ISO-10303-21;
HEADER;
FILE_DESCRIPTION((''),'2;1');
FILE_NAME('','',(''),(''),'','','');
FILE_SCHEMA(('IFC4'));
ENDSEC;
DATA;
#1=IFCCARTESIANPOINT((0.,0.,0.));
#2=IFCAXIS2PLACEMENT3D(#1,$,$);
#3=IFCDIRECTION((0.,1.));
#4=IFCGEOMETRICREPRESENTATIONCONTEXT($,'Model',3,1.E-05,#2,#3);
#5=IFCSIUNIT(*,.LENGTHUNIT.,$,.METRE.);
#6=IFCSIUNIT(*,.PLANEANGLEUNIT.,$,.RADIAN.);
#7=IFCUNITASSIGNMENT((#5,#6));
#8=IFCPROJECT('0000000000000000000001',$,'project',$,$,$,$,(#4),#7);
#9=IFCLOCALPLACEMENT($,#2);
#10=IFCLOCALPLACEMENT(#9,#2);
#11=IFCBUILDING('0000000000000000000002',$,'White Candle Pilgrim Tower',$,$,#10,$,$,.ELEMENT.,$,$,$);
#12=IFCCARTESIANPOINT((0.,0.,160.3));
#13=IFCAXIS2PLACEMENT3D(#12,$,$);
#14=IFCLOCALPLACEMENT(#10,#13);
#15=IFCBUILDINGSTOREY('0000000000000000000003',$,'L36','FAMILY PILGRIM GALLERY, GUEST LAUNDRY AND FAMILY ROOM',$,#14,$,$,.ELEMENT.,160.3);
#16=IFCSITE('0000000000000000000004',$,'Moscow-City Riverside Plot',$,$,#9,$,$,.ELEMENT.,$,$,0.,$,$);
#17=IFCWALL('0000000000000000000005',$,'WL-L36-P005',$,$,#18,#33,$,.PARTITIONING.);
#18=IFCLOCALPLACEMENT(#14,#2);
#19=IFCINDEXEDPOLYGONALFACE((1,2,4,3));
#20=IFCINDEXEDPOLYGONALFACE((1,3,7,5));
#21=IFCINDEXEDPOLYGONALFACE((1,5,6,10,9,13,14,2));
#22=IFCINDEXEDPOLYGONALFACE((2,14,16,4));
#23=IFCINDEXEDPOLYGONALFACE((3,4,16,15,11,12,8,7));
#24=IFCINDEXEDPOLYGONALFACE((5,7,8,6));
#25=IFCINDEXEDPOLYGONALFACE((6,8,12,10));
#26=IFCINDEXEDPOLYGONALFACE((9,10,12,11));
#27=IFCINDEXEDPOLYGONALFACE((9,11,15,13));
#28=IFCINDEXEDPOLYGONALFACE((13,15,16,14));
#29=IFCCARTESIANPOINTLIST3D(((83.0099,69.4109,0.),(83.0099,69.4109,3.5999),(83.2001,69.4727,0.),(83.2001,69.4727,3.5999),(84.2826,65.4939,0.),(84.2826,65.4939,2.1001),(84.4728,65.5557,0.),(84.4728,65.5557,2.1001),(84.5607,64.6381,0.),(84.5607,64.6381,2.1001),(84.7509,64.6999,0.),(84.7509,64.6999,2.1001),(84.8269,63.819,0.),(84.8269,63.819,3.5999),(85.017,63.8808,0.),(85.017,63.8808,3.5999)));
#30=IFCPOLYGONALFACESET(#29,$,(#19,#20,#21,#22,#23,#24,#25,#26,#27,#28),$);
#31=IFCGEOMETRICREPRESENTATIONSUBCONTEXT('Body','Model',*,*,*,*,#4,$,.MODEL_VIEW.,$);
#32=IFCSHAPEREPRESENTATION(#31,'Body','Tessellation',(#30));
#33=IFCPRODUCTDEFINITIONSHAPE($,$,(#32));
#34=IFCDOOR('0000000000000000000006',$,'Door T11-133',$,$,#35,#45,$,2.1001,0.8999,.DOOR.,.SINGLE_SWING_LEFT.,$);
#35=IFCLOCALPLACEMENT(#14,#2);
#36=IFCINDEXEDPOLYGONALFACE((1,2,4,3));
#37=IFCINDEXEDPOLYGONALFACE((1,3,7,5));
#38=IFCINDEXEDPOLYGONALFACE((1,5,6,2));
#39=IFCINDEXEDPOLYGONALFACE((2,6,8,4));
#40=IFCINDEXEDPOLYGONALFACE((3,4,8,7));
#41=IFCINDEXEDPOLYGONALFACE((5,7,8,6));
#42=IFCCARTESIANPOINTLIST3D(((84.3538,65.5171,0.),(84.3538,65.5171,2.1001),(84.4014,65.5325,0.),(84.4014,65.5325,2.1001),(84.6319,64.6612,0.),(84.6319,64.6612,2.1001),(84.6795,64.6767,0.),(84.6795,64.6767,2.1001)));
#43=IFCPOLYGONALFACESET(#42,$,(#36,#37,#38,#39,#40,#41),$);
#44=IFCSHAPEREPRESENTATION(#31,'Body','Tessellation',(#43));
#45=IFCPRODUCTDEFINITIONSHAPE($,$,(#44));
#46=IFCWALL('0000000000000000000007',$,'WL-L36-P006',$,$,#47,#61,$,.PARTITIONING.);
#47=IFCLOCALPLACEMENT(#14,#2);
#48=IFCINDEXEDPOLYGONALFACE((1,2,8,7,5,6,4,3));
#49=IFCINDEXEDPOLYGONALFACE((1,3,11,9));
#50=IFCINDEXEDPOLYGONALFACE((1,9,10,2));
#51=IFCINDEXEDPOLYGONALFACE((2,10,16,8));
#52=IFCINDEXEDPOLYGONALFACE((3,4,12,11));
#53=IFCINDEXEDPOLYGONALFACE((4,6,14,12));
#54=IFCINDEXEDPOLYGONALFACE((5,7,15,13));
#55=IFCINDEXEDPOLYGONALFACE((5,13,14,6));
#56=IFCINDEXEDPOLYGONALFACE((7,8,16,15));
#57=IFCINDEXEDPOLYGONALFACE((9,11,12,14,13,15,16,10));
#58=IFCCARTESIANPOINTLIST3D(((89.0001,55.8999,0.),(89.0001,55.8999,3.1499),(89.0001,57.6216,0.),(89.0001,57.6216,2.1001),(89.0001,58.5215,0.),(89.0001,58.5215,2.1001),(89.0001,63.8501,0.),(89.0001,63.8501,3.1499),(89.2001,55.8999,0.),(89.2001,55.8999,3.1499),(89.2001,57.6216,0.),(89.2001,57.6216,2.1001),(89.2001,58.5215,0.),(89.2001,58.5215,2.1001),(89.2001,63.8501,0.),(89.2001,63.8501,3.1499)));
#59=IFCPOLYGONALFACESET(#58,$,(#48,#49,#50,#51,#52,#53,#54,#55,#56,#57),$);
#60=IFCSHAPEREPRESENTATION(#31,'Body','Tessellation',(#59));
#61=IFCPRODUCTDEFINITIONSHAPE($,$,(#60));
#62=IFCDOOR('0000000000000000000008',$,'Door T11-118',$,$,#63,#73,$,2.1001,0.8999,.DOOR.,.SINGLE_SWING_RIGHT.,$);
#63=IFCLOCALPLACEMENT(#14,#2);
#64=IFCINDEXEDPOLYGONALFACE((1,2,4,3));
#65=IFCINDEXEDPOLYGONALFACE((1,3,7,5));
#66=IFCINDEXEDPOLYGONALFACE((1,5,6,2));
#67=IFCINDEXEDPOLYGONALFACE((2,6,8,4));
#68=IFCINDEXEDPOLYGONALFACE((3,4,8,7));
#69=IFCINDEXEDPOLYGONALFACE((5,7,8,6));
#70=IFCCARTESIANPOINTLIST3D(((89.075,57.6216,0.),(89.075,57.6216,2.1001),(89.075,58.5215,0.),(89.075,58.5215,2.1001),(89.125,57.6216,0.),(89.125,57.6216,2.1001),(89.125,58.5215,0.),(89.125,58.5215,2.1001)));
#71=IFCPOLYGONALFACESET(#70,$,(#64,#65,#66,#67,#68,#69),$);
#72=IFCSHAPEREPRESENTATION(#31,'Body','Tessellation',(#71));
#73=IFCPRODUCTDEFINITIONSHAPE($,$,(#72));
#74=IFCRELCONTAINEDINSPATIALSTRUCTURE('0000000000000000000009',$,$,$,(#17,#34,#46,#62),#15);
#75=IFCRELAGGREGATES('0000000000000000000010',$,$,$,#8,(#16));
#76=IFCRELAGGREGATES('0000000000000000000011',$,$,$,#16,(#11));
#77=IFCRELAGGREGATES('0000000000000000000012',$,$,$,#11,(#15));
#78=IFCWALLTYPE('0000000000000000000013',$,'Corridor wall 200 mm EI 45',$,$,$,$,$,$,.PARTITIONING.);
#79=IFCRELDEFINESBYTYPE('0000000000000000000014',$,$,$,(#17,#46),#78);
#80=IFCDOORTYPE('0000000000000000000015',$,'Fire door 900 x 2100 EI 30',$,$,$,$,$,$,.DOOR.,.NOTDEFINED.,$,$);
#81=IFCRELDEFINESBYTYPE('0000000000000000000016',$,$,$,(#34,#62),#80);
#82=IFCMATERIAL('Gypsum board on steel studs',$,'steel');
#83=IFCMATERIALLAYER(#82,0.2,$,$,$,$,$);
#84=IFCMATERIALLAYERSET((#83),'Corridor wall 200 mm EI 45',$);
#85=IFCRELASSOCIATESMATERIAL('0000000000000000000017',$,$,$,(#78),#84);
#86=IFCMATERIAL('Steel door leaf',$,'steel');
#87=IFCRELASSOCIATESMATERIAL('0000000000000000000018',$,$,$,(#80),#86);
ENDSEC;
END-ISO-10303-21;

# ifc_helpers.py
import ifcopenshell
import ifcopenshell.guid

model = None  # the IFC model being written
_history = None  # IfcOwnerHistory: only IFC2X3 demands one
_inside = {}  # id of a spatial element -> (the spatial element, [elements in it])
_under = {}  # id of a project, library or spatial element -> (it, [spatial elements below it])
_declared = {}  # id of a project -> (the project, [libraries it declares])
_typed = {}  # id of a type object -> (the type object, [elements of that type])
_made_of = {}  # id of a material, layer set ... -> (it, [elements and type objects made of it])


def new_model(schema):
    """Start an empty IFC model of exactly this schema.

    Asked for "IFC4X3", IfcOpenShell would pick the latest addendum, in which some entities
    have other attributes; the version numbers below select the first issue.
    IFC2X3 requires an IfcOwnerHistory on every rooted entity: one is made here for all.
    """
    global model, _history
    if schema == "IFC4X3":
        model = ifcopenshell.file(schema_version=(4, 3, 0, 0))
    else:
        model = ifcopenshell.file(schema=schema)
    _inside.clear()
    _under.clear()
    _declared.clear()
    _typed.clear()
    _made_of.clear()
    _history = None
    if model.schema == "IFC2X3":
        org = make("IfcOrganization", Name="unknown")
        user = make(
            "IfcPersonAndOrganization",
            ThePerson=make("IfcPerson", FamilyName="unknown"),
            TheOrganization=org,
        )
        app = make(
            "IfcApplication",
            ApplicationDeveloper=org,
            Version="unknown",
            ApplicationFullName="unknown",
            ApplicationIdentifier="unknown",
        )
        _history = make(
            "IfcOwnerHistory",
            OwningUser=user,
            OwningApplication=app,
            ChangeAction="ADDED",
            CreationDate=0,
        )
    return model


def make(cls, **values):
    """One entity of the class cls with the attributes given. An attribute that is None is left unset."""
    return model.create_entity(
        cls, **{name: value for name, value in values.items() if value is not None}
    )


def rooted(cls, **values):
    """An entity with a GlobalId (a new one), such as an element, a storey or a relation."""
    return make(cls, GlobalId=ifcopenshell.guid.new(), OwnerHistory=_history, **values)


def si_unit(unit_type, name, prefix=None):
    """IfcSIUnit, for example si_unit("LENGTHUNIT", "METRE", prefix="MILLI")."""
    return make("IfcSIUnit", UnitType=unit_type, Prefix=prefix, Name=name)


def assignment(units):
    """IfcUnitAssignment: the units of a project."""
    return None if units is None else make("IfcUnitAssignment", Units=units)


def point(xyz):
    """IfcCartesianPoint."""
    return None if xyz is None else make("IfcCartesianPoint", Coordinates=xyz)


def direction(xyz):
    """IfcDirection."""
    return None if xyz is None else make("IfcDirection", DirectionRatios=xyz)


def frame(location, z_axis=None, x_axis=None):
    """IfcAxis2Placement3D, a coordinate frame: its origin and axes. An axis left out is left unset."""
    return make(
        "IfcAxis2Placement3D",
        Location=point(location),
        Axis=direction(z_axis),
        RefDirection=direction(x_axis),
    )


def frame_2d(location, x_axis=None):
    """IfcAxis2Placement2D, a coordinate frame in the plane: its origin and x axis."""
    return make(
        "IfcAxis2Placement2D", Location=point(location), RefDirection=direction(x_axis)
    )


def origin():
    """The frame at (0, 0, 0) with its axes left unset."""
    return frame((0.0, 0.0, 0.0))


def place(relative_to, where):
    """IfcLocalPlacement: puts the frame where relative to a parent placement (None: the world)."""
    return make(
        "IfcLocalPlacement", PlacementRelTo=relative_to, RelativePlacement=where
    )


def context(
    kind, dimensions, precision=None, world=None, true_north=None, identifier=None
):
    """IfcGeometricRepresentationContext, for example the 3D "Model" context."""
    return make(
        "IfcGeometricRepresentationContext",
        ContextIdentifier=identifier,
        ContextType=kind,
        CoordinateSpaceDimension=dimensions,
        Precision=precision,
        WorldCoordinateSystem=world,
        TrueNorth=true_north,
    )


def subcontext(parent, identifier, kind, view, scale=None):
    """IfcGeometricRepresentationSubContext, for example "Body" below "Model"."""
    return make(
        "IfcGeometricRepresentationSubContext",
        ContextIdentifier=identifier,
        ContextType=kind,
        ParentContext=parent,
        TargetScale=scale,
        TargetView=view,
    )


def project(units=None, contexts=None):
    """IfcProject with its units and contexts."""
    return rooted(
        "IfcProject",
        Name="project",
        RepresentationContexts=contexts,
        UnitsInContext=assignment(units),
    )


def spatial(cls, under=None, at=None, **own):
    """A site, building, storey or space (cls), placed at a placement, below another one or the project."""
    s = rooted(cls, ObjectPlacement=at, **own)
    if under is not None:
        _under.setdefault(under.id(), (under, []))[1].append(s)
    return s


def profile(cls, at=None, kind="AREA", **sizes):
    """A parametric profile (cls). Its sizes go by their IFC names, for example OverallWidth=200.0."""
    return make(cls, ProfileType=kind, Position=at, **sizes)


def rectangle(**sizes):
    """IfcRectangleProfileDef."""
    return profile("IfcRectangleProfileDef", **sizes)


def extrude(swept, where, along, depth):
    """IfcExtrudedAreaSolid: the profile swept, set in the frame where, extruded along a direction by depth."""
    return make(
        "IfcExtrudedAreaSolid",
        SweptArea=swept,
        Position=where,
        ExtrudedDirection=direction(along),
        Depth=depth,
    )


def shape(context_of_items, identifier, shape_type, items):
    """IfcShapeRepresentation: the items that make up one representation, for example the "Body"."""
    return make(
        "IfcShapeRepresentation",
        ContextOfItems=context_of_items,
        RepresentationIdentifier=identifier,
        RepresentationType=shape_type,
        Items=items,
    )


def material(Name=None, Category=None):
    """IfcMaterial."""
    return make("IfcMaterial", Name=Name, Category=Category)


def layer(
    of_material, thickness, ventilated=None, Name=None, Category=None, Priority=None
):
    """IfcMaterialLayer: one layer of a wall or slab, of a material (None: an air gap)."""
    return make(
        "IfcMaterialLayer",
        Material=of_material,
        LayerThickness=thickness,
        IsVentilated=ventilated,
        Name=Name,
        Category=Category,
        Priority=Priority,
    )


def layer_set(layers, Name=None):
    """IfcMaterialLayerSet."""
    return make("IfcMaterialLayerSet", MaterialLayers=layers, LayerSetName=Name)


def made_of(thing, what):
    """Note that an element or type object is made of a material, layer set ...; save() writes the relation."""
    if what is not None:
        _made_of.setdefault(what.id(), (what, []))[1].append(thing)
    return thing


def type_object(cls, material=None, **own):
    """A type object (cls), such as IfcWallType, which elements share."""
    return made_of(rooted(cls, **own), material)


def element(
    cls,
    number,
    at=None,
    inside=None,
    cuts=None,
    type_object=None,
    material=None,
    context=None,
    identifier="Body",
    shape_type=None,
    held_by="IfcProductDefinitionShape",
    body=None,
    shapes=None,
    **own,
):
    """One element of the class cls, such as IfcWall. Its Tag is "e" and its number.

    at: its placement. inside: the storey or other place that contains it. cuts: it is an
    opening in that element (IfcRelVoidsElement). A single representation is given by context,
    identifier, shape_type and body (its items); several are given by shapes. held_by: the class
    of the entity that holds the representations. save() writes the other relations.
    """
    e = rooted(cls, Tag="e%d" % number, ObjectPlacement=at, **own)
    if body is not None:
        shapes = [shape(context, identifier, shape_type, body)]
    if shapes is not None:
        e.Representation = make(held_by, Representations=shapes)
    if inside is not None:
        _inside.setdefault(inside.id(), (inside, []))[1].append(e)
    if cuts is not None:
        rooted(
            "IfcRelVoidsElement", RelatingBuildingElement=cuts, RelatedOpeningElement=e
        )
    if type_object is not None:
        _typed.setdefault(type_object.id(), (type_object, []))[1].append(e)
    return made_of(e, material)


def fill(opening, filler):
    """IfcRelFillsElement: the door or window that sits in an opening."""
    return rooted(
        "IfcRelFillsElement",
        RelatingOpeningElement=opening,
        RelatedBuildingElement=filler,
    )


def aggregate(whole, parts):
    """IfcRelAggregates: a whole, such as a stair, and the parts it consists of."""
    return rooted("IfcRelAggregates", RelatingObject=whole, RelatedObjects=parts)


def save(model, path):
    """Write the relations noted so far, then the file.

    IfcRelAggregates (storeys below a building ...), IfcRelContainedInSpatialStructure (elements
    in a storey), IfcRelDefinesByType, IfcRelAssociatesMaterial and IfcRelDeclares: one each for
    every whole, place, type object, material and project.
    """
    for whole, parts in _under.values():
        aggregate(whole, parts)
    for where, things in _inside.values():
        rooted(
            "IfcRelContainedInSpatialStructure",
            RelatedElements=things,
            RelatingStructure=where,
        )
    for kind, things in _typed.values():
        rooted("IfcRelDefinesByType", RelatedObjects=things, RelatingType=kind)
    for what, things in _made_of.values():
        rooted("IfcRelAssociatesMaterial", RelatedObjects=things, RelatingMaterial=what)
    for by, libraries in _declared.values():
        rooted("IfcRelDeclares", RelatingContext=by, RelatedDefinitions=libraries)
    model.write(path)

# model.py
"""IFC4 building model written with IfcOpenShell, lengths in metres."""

from ifc_helpers import new_model, si_unit, direction, frame, frame_2d, origin, place, context, subcontext, project, spatial, rectangle, extrude, material, layer, layer_set, type_object, element, fill, save


model = new_model("IFC4")

# Units and contexts
model_context = context("Model", 3, precision=1e-05, world=origin(), true_north=direction((0.0, 1.0)))
body_context = subcontext(model_context, "Body", "Model", "MODEL_VIEW")
ifc_project = project(units=[si_unit("LENGTHUNIT", "METRE"), si_unit("PLANEANGLEUNIT", "RADIAN")], contexts=[model_context])

# Site, building, storey
site_placement = place(None, origin())
site = spatial("IfcSite", under=ifc_project, at=site_placement, Name="Moscow-City Riverside Plot", CompositionType="ELEMENT", RefElevation=0.0)
building_placement = place(site_placement, origin())
building = spatial("IfcBuilding", under=site, at=building_placement, Name="White Candle Pilgrim Tower", CompositionType="ELEMENT")
storey_placement = place(building_placement, frame((0.0, 0.0, 160.3)))
storey = spatial("IfcBuildingStorey", under=building, at=storey_placement, Name="L36", Description="FAMILY PILGRIM GALLERY, GUEST LAUNDRY AND FAMILY ROOM", CompositionType="ELEMENT", Elevation=160.3)

# Walls, openings, doors
ifc_material_1 = material(Name="Gypsum board on steel studs", Category="steel")
ifc_layer_1 = layer(ifc_material_1, 0.2)
ifc_layer_set_1 = layer_set([ifc_layer_1], Name="Corridor wall 200 mm EI 45")
wall_type_1 = type_object("IfcWallType", Name="Corridor wall 200 mm EI 45", PredefinedType="PARTITIONING", material=ifc_layer_set_1)
wall_1_placement = place(storey_placement, frame((83.105, 69.4419, 0.0), z_axis=(0.0, 0.0, 1.0), x_axis=(0.309018, -0.951056, 0.0)))
wall_1 = element("IfcWall", 1, at=wall_1_placement, inside=storey, type_object=wall_type_1, Name="WL-L36-P005", PredefinedType="PARTITIONING", context=body_context, shape_type="SweptSolid", body=[
    extrude(rectangle(XDim=5.8796, YDim=0.2, at=frame_2d((2.9399, 0.0))), origin(), (0.0, 0.0, 1.0), 3.5999),
])
opening_1_placement = place(wall_1_placement, frame((4.1187, 0.0, 0.0)))
opening_1 = element("IfcOpeningElement", 2, at=opening_1_placement, cuts=wall_1, PredefinedType="OPENING", context=body_context, shape_type="SweptSolid", body=[
    extrude(rectangle(XDim=0.8999, YDim=2.1001, at=frame_2d((0.45, 1.05))), frame((0.0, 0.1099, 0.0), z_axis=(0.0, -1.0, 0.0), x_axis=(1.0, 0.0, 0.0)), (0.0, 0.0, 1.0), 0.22),
])
ifc_material_2 = material(Name="Steel door leaf", Category="steel")
door_type_1 = type_object("IfcDoorType", Name="Fire door 900 x 2100 EI 30", OperationType="NOTDEFINED", PredefinedType="DOOR", material=ifc_material_2)
door_1_placement = place(opening_1_placement, origin())
door_1 = element("IfcDoor", 3, at=door_1_placement, inside=storey, type_object=door_type_1, Name="Door T11-133", OperationType="SINGLE_SWING_LEFT", OverallHeight=2.1001, OverallWidth=0.8999, PredefinedType="DOOR", context=body_context, shape_type="SweptSolid", body=[
    extrude(rectangle(XDim=0.8999, YDim=2.1001, at=frame_2d((0.45, 1.05))), frame((0.0, 0.0249, 0.0), z_axis=(0.0, -1.0, 0.0), x_axis=(1.0, 0.0, 0.0)), (0.0, 0.0, 1.0), 0.05),
])
fill(opening_1, door_1)
wall_2_placement = place(storey_placement, frame((89.1001, 63.8501, 0.0), z_axis=(0.0, 0.0, 1.0), x_axis=(0.0, -1.0, 0.0)))
wall_2 = element("IfcWall", 4, at=wall_2_placement, inside=storey, type_object=wall_type_1, Name="WL-L36-P006", PredefinedType="PARTITIONING", context=body_context, shape_type="SweptSolid", body=[
    extrude(rectangle(XDim=7.9502, YDim=0.2, at=frame_2d((3.9751, 0.0))), origin(), (0.0, 0.0, 1.0), 3.1499),
])
opening_2_placement = place(wall_2_placement, frame((5.3286, 0.0, 0.0)))
opening_2 = element("IfcOpeningElement", 5, at=opening_2_placement, cuts=wall_2, PredefinedType="OPENING", context=body_context, shape_type="SweptSolid", body=[
    extrude(rectangle(XDim=0.8999, YDim=2.1001, at=frame_2d((0.45, 1.05))), frame((0.0, 0.1099, 0.0), z_axis=(0.0, -1.0, 0.0), x_axis=(1.0, 0.0, 0.0)), (0.0, 0.0, 1.0), 0.22),
])
door_2_placement = place(opening_2_placement, origin())
door_2 = element("IfcDoor", 6, at=door_2_placement, inside=storey, type_object=door_type_1, Name="Door T11-118", OperationType="SINGLE_SWING_RIGHT", OverallHeight=2.1001, OverallWidth=0.8999, PredefinedType="DOOR", context=body_context, shape_type="SweptSolid", body=[
    extrude(rectangle(XDim=0.8999, YDim=2.1001, at=frame_2d((0.45, 1.05))), frame((0.0, 0.0249, 0.0), z_axis=(0.0, -1.0, 0.0), x_axis=(1.0, 0.0, 0.0)), (0.0, 0.0, 1.0), 0.05),
])
fill(opening_2, door_2)

save(model, "model.ifc")
